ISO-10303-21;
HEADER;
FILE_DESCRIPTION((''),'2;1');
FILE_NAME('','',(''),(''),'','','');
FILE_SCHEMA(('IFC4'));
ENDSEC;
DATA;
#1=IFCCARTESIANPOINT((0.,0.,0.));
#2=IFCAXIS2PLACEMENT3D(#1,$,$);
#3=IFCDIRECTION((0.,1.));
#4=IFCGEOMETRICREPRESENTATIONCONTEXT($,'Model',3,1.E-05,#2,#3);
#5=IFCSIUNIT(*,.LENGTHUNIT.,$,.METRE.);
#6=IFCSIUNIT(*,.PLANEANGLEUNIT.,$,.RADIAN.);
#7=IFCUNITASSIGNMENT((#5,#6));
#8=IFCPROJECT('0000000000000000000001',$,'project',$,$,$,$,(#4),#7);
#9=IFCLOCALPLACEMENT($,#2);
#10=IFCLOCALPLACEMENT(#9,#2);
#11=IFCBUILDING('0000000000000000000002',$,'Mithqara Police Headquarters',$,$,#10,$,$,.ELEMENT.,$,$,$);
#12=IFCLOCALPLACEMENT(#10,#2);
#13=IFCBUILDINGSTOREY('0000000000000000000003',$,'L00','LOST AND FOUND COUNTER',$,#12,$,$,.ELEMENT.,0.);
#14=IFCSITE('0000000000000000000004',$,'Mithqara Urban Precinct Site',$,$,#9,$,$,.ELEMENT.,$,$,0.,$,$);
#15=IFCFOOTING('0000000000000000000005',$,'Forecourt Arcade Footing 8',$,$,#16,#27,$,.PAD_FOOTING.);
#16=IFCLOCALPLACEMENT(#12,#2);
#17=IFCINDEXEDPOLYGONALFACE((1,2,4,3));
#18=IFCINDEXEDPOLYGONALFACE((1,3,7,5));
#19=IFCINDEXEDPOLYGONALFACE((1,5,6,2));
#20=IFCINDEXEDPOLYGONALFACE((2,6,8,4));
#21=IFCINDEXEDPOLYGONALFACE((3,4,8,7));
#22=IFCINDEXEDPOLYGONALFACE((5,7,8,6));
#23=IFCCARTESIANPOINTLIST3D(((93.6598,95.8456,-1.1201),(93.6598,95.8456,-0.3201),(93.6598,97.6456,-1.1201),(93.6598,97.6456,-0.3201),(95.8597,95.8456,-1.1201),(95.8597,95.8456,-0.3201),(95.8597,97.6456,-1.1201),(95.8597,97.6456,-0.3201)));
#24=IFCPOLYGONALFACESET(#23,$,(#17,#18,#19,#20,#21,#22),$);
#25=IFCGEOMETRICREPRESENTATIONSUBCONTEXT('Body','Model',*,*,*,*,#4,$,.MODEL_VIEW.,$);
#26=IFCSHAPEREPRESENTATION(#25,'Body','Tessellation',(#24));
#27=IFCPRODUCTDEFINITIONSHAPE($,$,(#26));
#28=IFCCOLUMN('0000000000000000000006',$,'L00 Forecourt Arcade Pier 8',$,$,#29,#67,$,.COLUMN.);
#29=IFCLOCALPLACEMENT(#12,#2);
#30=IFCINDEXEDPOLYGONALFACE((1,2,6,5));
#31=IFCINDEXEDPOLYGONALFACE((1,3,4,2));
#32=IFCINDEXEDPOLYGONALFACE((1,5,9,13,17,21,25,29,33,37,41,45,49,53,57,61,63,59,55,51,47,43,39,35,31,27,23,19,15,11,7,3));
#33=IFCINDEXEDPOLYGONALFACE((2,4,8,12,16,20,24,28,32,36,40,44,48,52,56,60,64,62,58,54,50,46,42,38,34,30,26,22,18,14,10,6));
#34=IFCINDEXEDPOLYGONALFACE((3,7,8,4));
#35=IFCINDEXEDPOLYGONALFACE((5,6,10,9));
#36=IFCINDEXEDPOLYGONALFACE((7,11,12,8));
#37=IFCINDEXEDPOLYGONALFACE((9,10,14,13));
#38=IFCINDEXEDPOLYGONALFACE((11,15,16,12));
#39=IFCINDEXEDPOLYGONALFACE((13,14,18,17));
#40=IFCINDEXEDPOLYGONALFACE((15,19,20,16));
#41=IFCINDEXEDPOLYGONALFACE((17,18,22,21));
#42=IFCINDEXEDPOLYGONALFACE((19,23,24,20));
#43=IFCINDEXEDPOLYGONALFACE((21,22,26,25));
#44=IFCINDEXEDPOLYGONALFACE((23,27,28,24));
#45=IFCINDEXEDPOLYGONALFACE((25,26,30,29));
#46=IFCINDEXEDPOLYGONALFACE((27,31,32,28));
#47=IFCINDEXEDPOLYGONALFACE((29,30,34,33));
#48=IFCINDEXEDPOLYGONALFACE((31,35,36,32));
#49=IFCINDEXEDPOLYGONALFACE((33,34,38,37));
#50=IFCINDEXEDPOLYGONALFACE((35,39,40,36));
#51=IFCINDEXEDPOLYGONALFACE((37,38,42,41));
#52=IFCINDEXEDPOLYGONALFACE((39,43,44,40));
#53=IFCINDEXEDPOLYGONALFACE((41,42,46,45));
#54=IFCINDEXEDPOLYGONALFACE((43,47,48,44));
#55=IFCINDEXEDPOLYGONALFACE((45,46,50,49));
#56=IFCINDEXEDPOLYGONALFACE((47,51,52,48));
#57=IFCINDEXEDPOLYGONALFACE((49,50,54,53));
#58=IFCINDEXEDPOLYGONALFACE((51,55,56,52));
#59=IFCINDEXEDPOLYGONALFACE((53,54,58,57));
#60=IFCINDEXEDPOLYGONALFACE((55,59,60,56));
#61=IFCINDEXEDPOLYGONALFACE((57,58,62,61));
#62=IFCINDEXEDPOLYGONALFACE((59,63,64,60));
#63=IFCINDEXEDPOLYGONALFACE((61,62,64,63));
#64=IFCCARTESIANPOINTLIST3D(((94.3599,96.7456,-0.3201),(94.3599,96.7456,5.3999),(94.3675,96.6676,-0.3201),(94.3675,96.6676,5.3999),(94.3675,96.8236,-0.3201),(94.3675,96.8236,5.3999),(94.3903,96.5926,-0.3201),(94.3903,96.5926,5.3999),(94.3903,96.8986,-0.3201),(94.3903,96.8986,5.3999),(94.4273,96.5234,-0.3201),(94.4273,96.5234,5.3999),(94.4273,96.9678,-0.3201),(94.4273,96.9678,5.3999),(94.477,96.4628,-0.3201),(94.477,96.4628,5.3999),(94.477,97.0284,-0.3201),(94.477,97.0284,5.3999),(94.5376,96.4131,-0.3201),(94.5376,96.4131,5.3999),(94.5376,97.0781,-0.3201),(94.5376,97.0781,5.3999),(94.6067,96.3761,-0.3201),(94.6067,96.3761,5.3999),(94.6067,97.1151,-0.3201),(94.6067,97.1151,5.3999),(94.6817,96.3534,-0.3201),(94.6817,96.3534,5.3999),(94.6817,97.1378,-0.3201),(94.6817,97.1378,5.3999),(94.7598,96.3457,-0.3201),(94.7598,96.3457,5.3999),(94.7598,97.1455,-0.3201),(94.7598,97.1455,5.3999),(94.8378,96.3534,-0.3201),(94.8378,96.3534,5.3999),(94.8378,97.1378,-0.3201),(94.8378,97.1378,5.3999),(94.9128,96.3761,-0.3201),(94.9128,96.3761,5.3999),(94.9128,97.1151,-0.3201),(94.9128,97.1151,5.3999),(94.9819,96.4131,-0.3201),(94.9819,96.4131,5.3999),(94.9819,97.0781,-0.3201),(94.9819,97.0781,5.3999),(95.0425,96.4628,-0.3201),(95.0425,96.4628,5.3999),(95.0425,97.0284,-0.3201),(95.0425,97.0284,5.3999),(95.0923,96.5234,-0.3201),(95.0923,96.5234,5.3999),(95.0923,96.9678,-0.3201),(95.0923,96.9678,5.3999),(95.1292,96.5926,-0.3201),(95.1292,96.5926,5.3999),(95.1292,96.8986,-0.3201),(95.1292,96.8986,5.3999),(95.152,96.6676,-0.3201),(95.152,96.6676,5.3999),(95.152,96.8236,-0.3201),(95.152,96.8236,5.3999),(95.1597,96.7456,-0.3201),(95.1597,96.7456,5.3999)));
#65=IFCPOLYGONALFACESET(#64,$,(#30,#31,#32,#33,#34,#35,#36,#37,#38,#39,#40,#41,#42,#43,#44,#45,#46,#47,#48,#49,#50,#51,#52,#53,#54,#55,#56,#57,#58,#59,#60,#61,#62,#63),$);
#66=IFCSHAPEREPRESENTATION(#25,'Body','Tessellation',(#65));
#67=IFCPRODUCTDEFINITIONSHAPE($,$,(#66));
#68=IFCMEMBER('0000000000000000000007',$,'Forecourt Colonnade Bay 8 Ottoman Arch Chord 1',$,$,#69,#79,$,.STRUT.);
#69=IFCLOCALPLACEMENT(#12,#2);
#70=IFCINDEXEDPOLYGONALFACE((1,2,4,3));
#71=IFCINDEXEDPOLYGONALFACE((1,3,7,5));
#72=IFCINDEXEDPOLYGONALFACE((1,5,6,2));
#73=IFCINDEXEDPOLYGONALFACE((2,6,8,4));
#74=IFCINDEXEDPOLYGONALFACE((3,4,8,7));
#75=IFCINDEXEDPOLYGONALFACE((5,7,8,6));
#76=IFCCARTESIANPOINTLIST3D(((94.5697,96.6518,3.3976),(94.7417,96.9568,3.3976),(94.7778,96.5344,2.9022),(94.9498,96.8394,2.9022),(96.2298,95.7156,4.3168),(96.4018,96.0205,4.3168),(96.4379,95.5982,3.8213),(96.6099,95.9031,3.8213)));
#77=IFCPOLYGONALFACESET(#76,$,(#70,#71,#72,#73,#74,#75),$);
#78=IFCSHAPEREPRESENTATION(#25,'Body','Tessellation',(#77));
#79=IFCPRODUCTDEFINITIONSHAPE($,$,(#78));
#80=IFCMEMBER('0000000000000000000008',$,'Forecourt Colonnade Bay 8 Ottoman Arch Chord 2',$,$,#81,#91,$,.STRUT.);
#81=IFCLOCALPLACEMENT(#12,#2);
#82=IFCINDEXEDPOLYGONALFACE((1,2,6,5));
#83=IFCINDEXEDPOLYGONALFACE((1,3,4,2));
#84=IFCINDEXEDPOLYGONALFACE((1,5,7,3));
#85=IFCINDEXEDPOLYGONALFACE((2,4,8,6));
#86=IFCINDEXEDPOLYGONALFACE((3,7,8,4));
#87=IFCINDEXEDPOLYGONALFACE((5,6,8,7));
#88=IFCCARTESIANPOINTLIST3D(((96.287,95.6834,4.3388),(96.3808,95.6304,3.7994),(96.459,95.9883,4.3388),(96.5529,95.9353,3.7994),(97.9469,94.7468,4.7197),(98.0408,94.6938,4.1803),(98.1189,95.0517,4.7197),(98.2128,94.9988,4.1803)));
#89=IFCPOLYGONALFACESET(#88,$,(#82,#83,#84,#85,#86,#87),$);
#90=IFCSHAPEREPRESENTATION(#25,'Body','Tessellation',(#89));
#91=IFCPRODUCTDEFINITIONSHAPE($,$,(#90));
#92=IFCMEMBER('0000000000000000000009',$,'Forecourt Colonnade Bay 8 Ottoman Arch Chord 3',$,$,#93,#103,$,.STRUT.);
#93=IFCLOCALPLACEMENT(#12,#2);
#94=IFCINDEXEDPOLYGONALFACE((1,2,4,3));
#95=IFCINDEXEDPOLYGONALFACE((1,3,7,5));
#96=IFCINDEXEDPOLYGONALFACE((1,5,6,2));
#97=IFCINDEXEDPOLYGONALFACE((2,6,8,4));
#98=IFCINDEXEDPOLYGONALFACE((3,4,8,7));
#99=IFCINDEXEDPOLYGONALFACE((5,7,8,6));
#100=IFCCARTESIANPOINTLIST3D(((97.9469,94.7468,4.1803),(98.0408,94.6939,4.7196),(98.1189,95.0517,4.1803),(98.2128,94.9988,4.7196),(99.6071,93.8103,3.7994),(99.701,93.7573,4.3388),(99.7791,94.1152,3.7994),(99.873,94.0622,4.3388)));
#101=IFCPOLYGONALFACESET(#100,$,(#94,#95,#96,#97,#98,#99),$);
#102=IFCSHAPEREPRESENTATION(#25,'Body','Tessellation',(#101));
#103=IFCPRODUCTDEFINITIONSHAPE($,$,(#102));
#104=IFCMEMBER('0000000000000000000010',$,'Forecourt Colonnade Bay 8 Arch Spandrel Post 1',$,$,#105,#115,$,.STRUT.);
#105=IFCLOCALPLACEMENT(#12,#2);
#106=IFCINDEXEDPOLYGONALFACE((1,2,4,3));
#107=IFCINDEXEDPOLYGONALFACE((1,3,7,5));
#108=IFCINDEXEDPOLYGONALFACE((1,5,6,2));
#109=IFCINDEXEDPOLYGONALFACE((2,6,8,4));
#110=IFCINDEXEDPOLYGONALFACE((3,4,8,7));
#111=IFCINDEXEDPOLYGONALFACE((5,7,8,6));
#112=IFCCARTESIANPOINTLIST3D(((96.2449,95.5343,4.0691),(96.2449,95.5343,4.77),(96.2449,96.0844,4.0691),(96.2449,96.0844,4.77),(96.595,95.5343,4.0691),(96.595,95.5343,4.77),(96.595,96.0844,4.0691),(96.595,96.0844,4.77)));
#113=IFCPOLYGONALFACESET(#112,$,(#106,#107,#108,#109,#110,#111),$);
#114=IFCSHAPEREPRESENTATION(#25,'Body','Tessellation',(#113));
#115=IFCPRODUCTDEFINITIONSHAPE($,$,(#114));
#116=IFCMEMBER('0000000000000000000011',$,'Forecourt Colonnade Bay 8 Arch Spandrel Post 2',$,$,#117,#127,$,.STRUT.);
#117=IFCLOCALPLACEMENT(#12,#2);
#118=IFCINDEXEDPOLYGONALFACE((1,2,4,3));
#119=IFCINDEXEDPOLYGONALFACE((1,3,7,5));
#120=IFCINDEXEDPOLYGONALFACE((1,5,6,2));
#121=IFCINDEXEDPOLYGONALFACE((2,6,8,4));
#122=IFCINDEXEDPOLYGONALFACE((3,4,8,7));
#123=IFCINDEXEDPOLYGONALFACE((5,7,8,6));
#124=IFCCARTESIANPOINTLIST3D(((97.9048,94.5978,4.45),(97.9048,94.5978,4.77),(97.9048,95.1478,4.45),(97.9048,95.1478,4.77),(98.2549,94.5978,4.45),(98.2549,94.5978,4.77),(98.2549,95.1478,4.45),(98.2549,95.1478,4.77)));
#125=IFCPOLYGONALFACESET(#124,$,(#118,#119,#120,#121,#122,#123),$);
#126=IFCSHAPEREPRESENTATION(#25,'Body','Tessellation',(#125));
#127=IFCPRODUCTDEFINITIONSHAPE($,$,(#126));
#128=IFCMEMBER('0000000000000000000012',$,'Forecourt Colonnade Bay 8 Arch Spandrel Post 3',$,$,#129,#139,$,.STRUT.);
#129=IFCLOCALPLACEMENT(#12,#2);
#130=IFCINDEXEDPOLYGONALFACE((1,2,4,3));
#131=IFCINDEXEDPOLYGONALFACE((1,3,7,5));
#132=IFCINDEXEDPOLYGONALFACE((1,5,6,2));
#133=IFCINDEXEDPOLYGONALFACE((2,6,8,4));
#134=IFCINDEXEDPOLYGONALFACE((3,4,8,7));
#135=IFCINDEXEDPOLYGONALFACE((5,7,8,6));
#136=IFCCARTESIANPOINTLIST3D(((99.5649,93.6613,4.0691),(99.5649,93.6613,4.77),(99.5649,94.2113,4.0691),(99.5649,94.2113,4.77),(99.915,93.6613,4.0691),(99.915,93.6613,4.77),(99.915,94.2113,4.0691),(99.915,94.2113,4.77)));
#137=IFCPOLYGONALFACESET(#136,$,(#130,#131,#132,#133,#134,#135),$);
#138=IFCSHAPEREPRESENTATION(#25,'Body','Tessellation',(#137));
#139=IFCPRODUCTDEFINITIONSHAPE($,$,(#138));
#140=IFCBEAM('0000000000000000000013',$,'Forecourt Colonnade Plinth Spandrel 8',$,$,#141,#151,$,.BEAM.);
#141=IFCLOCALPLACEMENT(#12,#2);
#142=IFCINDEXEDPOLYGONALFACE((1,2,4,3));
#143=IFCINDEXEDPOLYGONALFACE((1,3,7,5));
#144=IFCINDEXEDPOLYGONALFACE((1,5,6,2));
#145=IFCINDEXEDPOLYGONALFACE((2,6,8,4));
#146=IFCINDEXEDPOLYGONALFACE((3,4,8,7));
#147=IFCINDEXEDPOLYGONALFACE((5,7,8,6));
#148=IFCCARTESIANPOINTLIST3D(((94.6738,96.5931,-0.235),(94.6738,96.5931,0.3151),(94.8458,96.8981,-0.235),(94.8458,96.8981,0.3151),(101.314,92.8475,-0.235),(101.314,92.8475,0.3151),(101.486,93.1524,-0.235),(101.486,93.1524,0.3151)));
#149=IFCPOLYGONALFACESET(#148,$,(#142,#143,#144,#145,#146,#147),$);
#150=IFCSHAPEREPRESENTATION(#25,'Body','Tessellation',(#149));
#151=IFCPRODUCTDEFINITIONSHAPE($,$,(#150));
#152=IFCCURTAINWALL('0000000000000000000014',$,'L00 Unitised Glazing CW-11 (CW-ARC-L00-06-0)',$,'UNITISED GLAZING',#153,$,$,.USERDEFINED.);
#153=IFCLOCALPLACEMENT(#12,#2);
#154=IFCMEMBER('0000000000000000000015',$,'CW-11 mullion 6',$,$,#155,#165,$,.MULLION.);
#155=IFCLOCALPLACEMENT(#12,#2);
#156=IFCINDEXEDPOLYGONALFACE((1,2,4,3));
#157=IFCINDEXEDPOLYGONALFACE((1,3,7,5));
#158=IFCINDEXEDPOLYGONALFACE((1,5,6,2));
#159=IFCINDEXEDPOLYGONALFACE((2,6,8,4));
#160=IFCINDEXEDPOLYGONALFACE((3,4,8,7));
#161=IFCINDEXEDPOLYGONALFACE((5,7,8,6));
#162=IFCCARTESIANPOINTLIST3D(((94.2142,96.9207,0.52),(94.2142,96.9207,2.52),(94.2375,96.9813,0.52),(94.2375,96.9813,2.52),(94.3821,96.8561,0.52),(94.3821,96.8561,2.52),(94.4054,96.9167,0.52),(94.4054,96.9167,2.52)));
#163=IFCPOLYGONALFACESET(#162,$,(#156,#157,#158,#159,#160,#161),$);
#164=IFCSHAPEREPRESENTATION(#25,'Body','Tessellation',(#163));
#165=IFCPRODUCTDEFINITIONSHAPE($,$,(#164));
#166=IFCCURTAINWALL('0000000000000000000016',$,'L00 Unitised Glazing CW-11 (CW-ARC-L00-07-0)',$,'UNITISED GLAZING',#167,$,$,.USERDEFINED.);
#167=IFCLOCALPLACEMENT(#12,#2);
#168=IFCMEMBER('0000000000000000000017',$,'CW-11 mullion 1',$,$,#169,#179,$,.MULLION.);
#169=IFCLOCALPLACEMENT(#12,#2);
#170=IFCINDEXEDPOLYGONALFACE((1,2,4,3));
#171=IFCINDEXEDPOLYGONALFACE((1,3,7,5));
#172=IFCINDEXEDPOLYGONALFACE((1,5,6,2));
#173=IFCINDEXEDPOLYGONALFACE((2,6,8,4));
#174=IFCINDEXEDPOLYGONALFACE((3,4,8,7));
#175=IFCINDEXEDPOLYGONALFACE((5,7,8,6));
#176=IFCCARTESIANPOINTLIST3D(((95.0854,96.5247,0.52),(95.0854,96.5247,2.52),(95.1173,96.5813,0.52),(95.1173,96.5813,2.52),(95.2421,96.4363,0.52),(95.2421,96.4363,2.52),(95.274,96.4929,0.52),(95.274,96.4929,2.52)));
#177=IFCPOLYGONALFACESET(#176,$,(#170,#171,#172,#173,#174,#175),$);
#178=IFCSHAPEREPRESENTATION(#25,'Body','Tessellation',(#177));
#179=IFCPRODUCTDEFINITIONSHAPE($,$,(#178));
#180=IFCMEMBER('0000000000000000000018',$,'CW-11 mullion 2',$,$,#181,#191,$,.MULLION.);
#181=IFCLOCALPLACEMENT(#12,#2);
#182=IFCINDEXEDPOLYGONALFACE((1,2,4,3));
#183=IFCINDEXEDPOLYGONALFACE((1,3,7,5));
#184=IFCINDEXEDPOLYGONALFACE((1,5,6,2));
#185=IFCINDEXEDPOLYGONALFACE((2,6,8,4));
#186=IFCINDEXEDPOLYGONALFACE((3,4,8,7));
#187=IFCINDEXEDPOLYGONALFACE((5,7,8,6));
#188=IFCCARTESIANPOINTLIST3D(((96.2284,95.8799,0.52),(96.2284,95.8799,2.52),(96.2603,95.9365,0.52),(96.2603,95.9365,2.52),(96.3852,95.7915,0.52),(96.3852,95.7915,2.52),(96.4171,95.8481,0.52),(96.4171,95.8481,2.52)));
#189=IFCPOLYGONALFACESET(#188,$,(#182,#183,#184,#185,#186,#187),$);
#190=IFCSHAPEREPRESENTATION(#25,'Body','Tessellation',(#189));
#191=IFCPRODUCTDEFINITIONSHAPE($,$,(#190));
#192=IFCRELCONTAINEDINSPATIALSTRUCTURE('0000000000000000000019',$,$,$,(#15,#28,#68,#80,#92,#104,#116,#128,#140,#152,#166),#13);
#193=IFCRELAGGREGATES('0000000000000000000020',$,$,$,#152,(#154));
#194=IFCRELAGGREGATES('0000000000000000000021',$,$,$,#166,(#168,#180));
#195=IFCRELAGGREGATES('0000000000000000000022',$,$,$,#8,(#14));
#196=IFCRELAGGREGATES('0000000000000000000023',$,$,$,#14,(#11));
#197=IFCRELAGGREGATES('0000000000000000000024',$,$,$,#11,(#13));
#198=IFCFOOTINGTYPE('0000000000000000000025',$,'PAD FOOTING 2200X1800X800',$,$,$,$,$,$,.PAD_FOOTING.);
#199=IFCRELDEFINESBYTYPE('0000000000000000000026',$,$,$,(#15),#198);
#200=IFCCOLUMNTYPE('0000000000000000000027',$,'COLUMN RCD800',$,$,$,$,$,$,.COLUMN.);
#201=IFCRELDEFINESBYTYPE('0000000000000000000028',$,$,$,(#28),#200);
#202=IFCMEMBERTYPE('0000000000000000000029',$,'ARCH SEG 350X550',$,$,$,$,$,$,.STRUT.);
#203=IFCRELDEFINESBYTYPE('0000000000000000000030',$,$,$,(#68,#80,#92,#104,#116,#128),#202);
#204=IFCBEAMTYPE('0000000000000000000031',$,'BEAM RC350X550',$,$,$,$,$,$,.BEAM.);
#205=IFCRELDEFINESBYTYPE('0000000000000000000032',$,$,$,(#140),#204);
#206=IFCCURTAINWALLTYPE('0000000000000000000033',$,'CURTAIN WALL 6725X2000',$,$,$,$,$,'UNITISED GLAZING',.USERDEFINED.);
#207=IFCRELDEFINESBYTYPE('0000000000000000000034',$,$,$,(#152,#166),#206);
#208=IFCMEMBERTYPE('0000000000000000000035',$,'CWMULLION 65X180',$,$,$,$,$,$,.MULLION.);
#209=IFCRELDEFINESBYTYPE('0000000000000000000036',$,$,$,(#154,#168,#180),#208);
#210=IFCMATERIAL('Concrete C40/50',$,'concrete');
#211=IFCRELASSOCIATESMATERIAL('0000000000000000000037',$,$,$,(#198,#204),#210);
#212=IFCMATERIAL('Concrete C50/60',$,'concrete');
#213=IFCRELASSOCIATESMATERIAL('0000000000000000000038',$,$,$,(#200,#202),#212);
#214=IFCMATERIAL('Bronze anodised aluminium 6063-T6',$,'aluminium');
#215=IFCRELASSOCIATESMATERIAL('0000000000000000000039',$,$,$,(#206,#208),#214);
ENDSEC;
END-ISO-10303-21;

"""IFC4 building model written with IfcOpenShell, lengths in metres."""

from ifc_helpers import new_model, si_unit, direction, frame, origin, origin_2d, place, context, subcontext, project, spatial, rectangle, circle, extrude, material, material_profile, profile_set, type_object, element, aggregate, save


model = new_model("IFC4")

# Units and contexts
model_context = context("Model", 3, precision=1e-05, world=origin(), true_north=direction((0.0, 1.0)))
body_context = subcontext(model_context, "Body", "Model", "MODEL_VIEW")
ifc_project = project(units=[si_unit("LENGTHUNIT", "METRE"), si_unit("PLANEANGLEUNIT", "RADIAN")], contexts=[model_context])

# Site, building, storey
site_placement = place(None, origin())
site = spatial("IfcSite", under=ifc_project, at=site_placement, Name="Mithqara Urban Precinct Site", CompositionType="ELEMENT", RefElevation=0.0)
building_placement = place(site_placement, origin())
building = spatial("IfcBuilding", under=site, at=building_placement, Name="Mithqara Police Headquarters", CompositionType="ELEMENT")
storey_placement = place(building_placement, origin())
storey = spatial("IfcBuildingStorey", under=building, at=storey_placement, Name="L00", Description="LOST AND FOUND COUNTER", CompositionType="ELEMENT", Elevation=0.0)

# Footing
ifc_material_1 = material(Name="Concrete C40/50", Category="concrete")
footing_type = type_object("IfcFootingType", Name="PAD FOOTING 2200X1800X800", PredefinedType="PAD_FOOTING", material=ifc_material_1)
footing_placement = place(storey_placement, frame((94.7598, 96.7456, -1.1201), z_axis=(0.0, 0.0, 1.0), x_axis=(1.0, 0.0, 0.0)))
element("IfcFooting", 1, at=footing_placement, inside=storey, type_object=footing_type, Name="Forecourt Arcade Footing 8", PredefinedType="PAD_FOOTING", context=body_context, shape_type="SweptSolid", body=[
    extrude(rectangle(XDim=2.2, YDim=1.8, at=origin_2d()), origin(), (0.0, 0.0, 1.0), 0.8),
])

# Column
ifc_material_2 = material(Name="Concrete C50/60", Category="concrete")
ifc_material_profile_1 = material_profile(ifc_material_2, circle(Radius=0.3999, at=origin_2d()), Name="RCD 800")
ifc_profile_set_1 = profile_set([ifc_material_profile_1], Name="Concrete C50/60")
column_type = type_object("IfcColumnType", Name="COLUMN RCD800", PredefinedType="COLUMN", material=ifc_profile_set_1)
column_placement = place(storey_placement, frame((94.7598, 96.7456, -0.3201), z_axis=(0.0, 0.0, 1.0), x_axis=(1.0, 0.0, 0.0)))
element("IfcColumn", 2, at=column_placement, inside=storey, type_object=column_type, Name="L00 Forecourt Arcade Pier 8", PredefinedType="COLUMN", context=body_context, shape_type="SweptSolid", body=[
    extrude(circle(Radius=0.3999, at=origin_2d()), origin(), (0.0, 0.0, 1.0), 5.72),
])

# Members
ifc_material_profile_2 = material_profile(ifc_material_2, rectangle(XDim=0.3501, YDim=0.55, at=origin_2d()), Name="ARC 350x550")
ifc_profile_set_2 = profile_set([ifc_material_profile_2], Name="Concrete C50/60")
member_type_1 = type_object("IfcMemberType", Name="ARCH SEG 350X550", PredefinedType="STRUT", material=ifc_profile_set_2)
member_1_placement = place(storey_placement, frame((94.7598, 96.7456, 3.1499), z_axis=(0.784556, -0.442467, 0.43439), x_axis=(0.491234, 0.871028, 0.0)))
element("IfcMember", 3, at=member_1_placement, inside=storey, type_object=member_type_1, Name="Forecourt Colonnade Bay 8 Ottoman Arch Chord 1", PredefinedType="STRUT", context=body_context, shape_type="SweptSolid", body=[
    extrude(rectangle(XDim=0.3501, YDim=0.55, at=origin_2d()), origin(), (0.0, 0.0, 1.0), 2.116),
])
member_2_placement = place(storey_placement, frame((96.4199, 95.8093, 4.0691), z_axis=(0.854056, -0.481859, 0.195959), x_axis=(0.491386, 0.870942, 0.0)))
element("IfcMember", 4, at=member_2_placement, inside=storey, type_object=member_type_1, Name="Forecourt Colonnade Bay 8 Ottoman Arch Chord 2", PredefinedType="STRUT", context=body_context, shape_type="SweptSolid", body=[
    extrude(rectangle(XDim=0.3501, YDim=0.55, at=origin_2d()), origin(), (0.0, 0.0, 1.0), 1.9436),
])
member_3_placement = place(storey_placement, frame((98.0798, 94.8728, 4.45), z_axis=(0.85409, -0.481807, -0.195938), x_axis=(0.491331, 0.870973, 0.0)))
element("IfcMember", 5, at=member_3_placement, inside=storey, type_object=member_type_1, Name="Forecourt Colonnade Bay 8 Ottoman Arch Chord 3", PredefinedType="STRUT", context=body_context, shape_type="SweptSolid", body=[
    extrude(rectangle(XDim=0.3501, YDim=0.55, at=origin_2d()), origin(), (0.0, 0.0, 1.0), 1.9438),
])
member_4_placement = place(storey_placement, frame((96.4199, 95.8093, 4.0691), z_axis=(0.0, 0.0, 1.0), x_axis=(1.0, 0.0, 0.0)))
element("IfcMember", 6, at=member_4_placement, inside=storey, type_object=member_type_1, Name="Forecourt Colonnade Bay 8 Arch Spandrel Post 1", PredefinedType="STRUT", context=body_context, shape_type="SweptSolid", body=[
    extrude(rectangle(XDim=0.3501, YDim=0.55, at=origin_2d()), origin(), (0.0, 0.0, 1.0), 0.7009),
])
member_5_placement = place(storey_placement, frame((98.0798, 94.8728, 4.45), z_axis=(0.0, 0.0, 1.0), x_axis=(1.0, 0.0, 0.0)))
element("IfcMember", 7, at=member_5_placement, inside=storey, type_object=member_type_1, Name="Forecourt Colonnade Bay 8 Arch Spandrel Post 2", PredefinedType="STRUT", context=body_context, shape_type="SweptSolid", body=[
    extrude(rectangle(XDim=0.3501, YDim=0.55, at=origin_2d()), origin(), (0.0, 0.0, 1.0), 0.3201),
])
member_6_placement = place(storey_placement, frame((99.74, 93.9363, 4.0691), z_axis=(0.0, 0.0, 1.0), x_axis=(1.0, 0.0, 0.0)))
element("IfcMember", 8, at=member_6_placement, inside=storey, type_object=member_type_1, Name="Forecourt Colonnade Bay 8 Arch Spandrel Post 3", PredefinedType="STRUT", context=body_context, shape_type="SweptSolid", body=[
    extrude(rectangle(XDim=0.3501, YDim=0.55, at=origin_2d()), origin(), (0.0, 0.0, 1.0), 0.7009),
])

# Beam
ifc_material_profile_3 = material_profile(ifc_material_1, rectangle(XDim=0.3501, YDim=0.55, at=origin_2d()), Name="RC 350x550")
ifc_profile_set_3 = profile_set([ifc_material_profile_3], Name="Concrete C40/50")
beam_type_1 = type_object("IfcBeamType", Name="BEAM RC350X550", PredefinedType="BEAM", material=ifc_profile_set_3)
beam_1_placement = place(storey_placement, frame((94.7598, 96.7456, 0.04), z_axis=(0.870985, -0.49131, 0.0), x_axis=(0.49131, 0.870985, 0.0)))
element("IfcBeam", 9, at=beam_1_placement, inside=storey, type_object=beam_type_1, Name="Forecourt Colonnade Plinth Spandrel 8", PredefinedType="BEAM", context=body_context, shape_type="SweptSolid", body=[
    extrude(rectangle(XDim=0.3501, YDim=0.55, at=origin_2d()), origin(), (0.0, 0.0, 1.0), 7.6238),
])

# Curtain wall, member
ifc_material_3 = material(Name="Bronze anodised aluminium 6063-T6", Category="aluminium")
curtain_wall_type = type_object("IfcCurtainWallType", Name="CURTAIN WALL 6725X2000", ElementType="UNITISED GLAZING", PredefinedType="USERDEFINED", material=ifc_material_3)
curtain_wall_1_placement = place(storey_placement, origin())
curtain_wall_1 = element("IfcCurtainWall", 10, at=curtain_wall_1_placement, inside=storey, type_object=curtain_wall_type, Name="L00 Unitised Glazing CW-11 (CW-ARC-L00-06-0)", ObjectType="UNITISED GLAZING", PredefinedType="USERDEFINED")
ifc_material_profile_4 = material_profile(ifc_material_3, rectangle(XDim=0.0649, YDim=0.1799, at=origin_2d()), Name="CWM 65x180")
ifc_profile_set_4 = profile_set([ifc_material_profile_4], Name="Bronze anodised aluminium 6063-T6")
member_type_2 = type_object("IfcMemberType", Name="CWMULLION 65X180", PredefinedType="MULLION", material=ifc_profile_set_4)
member_7_placement = place(storey_placement, frame((94.3098, 96.9187, 0.52), z_axis=(0.0, 0.0, 1.0), x_axis=(0.35868, 0.933461, 0.0)))
member_7 = element("IfcMember", 11, at=member_7_placement, type_object=member_type_2, Name="CW-11 mullion 6", PredefinedType="MULLION", context=body_context, shape_type="SweptSolid", body=[
    extrude(rectangle(XDim=0.0649, YDim=0.1799, at=origin_2d()), origin(), (0.0, 0.0, 1.0), 2.0),
])
aggregate(curtain_wall_1, [member_7])

# Curtain wall, members
curtain_wall_2_placement = place(storey_placement, origin())
curtain_wall_2 = element("IfcCurtainWall", 12, at=curtain_wall_2_placement, inside=storey, type_object=curtain_wall_type, Name="L00 Unitised Glazing CW-11 (CW-ARC-L00-07-0)", ObjectType="UNITISED GLAZING", PredefinedType="USERDEFINED")
member_8_placement = place(storey_placement, frame((95.1797, 96.5088, 0.52), z_axis=(0.0, 0.0, 1.0), x_axis=(0.491316, 0.870982, 0.0)))
member_8 = element("IfcMember", 13, at=member_8_placement, type_object=member_type_2, Name="CW-11 mullion 1", PredefinedType="MULLION", context=body_context, shape_type="SweptSolid", body=[
    extrude(rectangle(XDim=0.0649, YDim=0.1799, at=origin_2d()), origin(), (0.0, 0.0, 1.0), 2.0),
])
member_9_placement = place(storey_placement, frame((96.3228, 95.864, 0.52), z_axis=(0.0, 0.0, 1.0), x_axis=(0.491316, 0.870982, 0.0)))
member_9 = element("IfcMember", 14, at=member_9_placement, type_object=member_type_2, Name="CW-11 mullion 2", PredefinedType="MULLION", context=body_context, shape_type="SweptSolid", body=[
    extrude(rectangle(XDim=0.0649, YDim=0.1799, at=origin_2d()), origin(), (0.0, 0.0, 1.0), 2.0),
])

aggregate(curtain_wall_2, [member_8, member_9])

save(model, "model.ifc")
